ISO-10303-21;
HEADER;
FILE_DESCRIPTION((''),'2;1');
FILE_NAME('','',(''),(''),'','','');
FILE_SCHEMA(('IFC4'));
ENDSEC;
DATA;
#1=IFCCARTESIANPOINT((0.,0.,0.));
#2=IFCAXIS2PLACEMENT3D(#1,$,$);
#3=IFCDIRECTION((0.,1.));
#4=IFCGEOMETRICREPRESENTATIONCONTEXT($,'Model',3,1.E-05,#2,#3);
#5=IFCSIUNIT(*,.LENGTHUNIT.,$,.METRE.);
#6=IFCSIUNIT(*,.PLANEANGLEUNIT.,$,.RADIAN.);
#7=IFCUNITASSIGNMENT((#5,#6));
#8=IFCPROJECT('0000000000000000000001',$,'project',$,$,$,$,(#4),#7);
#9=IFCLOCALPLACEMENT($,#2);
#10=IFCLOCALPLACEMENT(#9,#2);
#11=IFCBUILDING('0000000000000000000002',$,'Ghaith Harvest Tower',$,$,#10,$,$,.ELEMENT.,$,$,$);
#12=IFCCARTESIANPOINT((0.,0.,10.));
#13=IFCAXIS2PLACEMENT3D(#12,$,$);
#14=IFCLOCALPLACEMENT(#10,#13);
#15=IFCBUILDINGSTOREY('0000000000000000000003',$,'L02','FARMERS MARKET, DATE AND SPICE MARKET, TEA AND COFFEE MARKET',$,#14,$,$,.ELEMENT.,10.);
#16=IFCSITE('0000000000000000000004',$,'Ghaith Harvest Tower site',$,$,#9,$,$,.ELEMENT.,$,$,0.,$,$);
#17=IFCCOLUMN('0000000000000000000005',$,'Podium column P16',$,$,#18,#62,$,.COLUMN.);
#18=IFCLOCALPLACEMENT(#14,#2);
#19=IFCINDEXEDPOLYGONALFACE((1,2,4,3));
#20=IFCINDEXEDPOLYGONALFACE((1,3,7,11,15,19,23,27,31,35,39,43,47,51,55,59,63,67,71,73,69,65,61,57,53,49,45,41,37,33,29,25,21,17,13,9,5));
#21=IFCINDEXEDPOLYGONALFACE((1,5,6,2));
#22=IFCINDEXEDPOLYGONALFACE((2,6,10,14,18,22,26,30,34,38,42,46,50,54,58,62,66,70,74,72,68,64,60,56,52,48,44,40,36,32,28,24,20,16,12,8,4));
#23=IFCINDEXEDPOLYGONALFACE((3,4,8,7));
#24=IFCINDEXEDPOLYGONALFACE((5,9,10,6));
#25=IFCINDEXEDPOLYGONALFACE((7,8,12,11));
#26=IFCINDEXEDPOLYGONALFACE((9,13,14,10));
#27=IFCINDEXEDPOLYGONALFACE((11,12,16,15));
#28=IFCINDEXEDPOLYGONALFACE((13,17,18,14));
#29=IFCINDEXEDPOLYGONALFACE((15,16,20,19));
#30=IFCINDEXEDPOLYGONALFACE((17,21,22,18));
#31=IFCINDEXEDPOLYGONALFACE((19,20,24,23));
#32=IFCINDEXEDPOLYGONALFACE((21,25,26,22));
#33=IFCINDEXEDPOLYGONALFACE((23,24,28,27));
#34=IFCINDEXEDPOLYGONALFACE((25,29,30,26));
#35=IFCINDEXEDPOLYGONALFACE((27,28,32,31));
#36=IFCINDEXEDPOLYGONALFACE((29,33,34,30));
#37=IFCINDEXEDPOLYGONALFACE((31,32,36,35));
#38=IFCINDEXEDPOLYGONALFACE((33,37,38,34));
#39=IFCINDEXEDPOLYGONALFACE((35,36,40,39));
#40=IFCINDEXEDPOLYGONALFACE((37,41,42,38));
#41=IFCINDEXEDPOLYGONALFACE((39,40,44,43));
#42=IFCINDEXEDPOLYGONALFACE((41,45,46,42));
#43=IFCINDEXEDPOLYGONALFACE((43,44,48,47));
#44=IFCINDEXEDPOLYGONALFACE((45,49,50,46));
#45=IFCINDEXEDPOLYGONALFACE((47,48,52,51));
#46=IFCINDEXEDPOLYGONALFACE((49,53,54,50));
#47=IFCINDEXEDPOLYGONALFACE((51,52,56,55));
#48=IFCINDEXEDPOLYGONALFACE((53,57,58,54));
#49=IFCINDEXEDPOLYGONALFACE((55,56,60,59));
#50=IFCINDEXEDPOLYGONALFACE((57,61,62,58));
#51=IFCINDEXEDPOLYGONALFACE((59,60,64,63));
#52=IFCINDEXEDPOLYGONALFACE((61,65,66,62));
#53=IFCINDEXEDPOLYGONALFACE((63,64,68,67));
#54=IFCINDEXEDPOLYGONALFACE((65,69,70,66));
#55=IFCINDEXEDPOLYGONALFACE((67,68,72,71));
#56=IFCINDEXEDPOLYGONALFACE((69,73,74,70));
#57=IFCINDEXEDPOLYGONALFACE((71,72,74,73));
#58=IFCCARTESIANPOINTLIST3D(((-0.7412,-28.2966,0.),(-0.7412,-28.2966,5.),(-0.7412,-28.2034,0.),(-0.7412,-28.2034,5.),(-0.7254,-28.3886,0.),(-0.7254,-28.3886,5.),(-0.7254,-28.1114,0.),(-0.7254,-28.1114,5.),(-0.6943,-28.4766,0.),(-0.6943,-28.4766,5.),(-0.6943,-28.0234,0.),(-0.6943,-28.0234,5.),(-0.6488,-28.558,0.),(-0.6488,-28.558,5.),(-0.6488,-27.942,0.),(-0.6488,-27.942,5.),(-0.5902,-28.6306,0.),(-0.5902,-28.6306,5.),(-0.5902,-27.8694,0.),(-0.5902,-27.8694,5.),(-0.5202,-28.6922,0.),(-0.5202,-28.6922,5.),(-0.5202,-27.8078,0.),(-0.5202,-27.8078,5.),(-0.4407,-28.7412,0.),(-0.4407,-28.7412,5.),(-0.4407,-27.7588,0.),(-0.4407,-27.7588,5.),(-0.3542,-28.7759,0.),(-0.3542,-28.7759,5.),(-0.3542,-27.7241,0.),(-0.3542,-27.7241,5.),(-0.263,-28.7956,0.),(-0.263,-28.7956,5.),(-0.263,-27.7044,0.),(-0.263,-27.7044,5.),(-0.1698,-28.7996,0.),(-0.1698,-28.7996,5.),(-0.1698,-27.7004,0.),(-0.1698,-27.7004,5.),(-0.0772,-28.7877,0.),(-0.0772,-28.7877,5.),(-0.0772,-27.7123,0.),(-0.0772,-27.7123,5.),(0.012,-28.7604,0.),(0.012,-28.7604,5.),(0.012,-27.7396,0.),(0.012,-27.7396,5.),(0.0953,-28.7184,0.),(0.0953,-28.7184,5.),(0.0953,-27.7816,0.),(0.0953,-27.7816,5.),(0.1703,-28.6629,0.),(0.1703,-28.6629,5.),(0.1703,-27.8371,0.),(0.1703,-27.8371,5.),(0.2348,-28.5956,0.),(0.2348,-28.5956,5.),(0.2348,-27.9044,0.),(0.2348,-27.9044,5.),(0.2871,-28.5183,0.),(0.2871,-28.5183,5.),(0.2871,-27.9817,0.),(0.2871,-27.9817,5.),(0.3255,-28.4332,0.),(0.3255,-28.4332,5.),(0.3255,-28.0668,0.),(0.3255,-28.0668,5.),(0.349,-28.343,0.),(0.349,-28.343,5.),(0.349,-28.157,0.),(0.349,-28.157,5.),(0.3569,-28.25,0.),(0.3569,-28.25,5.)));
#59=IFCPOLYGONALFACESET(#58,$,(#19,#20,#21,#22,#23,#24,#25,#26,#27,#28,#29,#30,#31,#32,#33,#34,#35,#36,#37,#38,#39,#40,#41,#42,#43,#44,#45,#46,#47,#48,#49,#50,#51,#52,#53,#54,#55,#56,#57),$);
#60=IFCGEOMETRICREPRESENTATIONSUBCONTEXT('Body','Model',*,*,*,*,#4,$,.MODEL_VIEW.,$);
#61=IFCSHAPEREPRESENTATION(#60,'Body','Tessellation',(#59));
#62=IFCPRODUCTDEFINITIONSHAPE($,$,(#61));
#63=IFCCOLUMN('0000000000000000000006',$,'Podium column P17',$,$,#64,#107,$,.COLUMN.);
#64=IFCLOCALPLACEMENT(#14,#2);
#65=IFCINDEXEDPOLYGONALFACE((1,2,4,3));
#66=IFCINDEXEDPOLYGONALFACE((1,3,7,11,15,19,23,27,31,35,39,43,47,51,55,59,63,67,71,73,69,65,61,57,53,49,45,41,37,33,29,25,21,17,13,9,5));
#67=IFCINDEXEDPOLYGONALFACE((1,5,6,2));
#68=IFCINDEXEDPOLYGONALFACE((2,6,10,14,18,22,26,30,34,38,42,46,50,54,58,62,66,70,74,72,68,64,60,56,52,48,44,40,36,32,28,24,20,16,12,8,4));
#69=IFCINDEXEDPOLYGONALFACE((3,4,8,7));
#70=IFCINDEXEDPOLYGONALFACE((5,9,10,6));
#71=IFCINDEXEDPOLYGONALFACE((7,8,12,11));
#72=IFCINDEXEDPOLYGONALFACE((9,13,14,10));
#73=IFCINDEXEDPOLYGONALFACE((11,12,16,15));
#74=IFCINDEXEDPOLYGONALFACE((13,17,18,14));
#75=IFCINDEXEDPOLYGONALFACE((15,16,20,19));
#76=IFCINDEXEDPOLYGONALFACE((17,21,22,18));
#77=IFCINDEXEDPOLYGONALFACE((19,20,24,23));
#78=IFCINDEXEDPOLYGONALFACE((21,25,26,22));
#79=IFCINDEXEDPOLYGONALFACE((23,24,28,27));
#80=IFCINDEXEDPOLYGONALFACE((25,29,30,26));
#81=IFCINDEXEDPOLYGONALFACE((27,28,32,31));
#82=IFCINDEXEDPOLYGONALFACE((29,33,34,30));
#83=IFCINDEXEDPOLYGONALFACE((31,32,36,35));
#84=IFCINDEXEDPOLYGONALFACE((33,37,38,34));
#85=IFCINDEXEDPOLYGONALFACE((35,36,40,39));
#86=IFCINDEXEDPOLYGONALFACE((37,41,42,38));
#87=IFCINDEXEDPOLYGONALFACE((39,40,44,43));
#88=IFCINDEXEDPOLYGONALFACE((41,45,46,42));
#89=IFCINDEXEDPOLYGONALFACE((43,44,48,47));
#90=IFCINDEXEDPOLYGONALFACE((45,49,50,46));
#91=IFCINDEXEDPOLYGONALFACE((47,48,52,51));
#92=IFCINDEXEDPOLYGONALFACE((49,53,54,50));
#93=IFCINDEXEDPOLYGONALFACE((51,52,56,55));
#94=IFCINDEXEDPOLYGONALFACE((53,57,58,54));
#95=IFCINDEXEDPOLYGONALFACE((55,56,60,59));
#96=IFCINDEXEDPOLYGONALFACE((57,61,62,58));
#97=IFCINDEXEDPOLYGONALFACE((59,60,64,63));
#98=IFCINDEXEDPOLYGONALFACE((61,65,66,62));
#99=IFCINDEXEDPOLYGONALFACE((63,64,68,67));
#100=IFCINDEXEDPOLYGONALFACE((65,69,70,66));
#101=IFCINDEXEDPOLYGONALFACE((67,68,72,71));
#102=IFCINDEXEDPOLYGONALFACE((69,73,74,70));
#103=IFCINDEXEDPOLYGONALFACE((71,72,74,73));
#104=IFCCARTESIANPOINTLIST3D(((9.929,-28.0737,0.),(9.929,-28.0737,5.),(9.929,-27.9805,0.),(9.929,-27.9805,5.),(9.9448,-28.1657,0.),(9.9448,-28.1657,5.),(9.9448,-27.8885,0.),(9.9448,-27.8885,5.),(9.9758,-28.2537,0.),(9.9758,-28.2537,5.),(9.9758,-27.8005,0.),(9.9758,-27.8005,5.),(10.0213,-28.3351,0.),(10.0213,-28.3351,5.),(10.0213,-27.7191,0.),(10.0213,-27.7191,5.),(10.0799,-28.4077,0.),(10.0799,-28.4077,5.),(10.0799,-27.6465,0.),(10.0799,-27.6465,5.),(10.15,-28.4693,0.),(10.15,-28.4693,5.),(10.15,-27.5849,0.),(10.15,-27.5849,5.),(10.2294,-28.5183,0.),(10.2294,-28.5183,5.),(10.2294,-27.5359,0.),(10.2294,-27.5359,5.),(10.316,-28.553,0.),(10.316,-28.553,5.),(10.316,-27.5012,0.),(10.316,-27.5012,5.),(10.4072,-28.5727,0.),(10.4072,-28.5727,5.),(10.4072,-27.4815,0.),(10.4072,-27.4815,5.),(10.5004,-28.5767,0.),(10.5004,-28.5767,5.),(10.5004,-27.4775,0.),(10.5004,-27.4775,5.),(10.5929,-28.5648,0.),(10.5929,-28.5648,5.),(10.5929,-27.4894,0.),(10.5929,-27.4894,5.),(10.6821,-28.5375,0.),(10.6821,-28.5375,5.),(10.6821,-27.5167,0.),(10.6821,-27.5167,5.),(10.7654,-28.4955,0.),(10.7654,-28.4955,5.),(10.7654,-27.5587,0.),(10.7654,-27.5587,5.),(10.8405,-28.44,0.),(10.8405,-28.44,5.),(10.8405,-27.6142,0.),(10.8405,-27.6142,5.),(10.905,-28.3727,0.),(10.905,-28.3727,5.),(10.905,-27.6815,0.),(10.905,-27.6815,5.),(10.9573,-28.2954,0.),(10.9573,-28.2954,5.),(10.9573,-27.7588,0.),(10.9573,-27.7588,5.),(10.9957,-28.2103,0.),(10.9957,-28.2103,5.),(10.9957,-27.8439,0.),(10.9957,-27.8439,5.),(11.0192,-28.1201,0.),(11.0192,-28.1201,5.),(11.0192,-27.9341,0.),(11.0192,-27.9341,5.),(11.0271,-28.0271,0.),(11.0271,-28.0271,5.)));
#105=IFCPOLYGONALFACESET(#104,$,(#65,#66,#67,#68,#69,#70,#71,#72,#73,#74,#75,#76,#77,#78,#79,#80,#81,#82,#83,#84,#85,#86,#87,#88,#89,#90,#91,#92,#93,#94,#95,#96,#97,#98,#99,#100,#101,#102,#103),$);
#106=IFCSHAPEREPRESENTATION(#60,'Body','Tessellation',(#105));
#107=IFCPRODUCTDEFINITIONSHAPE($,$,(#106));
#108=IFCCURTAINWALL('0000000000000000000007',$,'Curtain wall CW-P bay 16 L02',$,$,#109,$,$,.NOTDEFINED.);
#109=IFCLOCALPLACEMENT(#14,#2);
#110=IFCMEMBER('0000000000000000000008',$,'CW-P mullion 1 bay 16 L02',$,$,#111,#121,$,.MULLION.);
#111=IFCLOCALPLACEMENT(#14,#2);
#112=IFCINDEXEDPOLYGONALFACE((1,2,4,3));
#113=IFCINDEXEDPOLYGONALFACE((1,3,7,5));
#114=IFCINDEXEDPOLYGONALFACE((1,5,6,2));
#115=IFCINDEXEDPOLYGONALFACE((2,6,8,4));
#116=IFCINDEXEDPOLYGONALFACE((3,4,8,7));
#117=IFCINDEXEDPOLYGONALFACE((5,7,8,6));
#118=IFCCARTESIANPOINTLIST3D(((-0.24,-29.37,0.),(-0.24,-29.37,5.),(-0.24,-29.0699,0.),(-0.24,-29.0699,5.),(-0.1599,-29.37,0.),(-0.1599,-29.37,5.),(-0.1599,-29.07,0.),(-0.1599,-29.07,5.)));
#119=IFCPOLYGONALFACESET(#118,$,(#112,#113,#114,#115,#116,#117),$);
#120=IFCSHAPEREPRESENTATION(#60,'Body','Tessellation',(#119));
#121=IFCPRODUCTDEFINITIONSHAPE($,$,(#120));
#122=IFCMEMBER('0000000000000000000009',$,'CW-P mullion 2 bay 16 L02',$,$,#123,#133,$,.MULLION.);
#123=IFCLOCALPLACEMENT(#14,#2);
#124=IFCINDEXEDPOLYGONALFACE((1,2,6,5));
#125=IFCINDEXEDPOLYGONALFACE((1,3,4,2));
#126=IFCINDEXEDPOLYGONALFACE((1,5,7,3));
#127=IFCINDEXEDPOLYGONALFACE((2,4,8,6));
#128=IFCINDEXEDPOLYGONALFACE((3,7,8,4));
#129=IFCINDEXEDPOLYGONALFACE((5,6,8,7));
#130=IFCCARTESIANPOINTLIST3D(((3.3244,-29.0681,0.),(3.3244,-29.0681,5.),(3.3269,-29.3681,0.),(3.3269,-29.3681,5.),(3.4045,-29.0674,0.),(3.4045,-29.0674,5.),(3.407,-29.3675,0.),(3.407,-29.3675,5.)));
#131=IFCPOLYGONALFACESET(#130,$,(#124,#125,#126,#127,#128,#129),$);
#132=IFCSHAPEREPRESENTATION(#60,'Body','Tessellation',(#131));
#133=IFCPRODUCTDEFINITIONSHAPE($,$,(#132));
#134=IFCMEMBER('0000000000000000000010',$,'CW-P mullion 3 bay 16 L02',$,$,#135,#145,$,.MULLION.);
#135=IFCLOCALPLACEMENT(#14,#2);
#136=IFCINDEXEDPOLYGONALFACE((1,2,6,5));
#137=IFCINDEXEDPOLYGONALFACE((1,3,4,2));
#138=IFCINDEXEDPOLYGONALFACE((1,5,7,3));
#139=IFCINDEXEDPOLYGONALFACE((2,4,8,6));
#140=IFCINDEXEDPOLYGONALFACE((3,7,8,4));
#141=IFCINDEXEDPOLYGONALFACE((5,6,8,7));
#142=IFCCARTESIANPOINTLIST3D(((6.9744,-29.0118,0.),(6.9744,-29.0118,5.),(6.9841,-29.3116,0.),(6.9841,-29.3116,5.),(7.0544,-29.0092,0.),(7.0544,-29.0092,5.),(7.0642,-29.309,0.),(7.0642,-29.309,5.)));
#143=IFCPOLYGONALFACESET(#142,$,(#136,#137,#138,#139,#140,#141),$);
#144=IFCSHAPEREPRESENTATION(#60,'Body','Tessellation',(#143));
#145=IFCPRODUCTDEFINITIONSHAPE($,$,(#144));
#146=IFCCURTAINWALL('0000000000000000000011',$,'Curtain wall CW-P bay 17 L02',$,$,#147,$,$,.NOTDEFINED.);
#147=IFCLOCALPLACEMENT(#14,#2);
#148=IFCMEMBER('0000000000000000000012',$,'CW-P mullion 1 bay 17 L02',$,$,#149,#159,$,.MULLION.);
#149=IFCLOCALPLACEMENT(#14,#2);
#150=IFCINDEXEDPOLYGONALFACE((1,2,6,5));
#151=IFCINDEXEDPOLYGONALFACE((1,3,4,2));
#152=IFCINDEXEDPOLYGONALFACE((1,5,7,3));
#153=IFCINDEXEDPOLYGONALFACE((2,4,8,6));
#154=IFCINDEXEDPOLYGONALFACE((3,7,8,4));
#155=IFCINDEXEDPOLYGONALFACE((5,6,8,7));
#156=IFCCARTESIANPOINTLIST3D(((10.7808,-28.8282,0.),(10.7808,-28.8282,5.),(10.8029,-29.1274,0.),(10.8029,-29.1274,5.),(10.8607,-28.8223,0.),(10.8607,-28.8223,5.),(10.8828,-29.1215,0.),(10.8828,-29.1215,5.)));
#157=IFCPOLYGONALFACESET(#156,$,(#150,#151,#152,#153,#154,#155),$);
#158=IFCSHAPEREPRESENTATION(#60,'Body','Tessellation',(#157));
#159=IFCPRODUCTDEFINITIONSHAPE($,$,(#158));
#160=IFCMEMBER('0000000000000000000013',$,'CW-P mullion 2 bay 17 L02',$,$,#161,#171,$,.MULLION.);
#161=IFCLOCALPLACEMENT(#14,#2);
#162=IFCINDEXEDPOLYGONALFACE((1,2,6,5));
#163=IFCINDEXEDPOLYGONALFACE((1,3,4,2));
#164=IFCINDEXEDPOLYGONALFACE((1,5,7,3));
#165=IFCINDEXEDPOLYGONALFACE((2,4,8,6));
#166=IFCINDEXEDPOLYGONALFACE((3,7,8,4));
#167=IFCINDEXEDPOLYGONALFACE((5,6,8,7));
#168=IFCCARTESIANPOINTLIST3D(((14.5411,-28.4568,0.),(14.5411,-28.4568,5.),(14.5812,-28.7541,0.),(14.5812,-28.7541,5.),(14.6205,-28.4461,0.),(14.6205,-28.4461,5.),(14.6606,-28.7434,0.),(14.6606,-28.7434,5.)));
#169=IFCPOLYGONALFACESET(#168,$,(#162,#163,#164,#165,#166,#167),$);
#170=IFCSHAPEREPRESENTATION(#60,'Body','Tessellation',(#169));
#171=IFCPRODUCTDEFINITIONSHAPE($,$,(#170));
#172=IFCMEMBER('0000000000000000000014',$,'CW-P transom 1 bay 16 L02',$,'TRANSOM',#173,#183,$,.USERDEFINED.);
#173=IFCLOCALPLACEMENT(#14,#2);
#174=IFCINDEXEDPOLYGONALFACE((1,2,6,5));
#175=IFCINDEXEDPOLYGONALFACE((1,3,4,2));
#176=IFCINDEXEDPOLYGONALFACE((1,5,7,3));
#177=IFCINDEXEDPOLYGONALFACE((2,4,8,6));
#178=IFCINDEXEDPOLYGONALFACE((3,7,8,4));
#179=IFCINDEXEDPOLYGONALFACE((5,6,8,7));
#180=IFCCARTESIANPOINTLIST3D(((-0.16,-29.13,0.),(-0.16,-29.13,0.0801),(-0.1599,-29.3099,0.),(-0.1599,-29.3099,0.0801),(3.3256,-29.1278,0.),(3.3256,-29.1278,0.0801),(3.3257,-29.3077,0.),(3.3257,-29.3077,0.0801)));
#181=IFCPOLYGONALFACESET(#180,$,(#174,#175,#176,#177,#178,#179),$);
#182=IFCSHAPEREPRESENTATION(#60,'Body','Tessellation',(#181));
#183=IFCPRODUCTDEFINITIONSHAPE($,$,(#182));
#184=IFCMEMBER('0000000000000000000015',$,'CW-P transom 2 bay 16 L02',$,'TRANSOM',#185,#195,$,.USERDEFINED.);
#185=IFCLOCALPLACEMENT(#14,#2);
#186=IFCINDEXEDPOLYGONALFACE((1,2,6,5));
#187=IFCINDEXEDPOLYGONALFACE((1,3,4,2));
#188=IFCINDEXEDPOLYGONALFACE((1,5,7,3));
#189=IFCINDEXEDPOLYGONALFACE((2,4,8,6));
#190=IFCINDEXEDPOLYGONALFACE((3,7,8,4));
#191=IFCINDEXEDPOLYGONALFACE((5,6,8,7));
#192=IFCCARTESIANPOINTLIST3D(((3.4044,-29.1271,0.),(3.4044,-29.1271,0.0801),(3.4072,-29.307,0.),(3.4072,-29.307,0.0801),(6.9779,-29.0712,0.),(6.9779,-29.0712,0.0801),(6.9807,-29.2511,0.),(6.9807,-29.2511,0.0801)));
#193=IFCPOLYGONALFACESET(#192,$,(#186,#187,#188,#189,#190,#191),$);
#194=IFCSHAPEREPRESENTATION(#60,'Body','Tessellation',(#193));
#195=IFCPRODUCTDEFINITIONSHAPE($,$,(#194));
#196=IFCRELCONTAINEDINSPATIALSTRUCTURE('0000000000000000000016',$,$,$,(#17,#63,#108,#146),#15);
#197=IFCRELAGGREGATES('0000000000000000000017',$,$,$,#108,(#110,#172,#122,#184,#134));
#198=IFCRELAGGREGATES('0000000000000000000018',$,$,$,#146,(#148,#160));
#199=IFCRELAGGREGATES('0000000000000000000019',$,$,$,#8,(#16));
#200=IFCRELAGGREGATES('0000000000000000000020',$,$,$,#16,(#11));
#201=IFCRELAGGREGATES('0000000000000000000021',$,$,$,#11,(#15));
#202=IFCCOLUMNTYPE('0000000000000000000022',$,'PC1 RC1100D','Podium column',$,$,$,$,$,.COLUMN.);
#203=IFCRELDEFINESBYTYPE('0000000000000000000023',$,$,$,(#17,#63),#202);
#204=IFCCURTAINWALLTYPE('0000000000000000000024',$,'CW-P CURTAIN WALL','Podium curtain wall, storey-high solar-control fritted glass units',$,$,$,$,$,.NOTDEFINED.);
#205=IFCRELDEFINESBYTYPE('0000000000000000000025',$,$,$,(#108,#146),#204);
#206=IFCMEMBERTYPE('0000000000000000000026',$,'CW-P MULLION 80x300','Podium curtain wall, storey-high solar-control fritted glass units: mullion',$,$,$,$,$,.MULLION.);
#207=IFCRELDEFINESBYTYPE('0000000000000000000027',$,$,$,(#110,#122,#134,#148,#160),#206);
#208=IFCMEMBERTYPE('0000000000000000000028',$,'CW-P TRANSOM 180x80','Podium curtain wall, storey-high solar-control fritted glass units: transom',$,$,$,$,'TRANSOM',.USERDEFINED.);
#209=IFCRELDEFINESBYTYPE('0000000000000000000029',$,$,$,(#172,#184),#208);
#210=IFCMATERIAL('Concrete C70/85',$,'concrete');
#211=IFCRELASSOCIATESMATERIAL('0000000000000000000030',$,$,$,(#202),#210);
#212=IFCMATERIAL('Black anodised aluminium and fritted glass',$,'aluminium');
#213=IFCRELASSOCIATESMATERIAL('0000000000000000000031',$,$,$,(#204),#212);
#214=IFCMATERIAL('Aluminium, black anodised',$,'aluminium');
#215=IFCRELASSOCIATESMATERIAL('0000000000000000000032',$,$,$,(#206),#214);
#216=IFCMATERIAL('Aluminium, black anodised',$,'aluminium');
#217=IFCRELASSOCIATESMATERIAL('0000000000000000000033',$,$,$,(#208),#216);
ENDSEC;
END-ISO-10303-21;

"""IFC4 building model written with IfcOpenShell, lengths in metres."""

from ifc_helpers import new_model, si_unit, direction, frame, origin, origin_2d, place, context, subcontext, project, spatial, rectangle, circle, extrude, material, material_profile, profile_set, type_object, element, aggregate, save


model = new_model("IFC4")

# Units and contexts
model_context = context("Model", 3, precision=1e-05, world=origin(), true_north=direction((0.0, 1.0)))
body_context = subcontext(model_context, "Body", "Model", "MODEL_VIEW")
ifc_project = project(units=[si_unit("LENGTHUNIT", "METRE"), si_unit("PLANEANGLEUNIT", "RADIAN")], contexts=[model_context])

# Site, building, storey
site_placement = place(None, origin())
site = spatial("IfcSite", under=ifc_project, at=site_placement, Name="Ghaith Harvest Tower site", CompositionType="ELEMENT", RefElevation=0.0)
building_placement = place(site_placement, origin())
building = spatial("IfcBuilding", under=site, at=building_placement, Name="Ghaith Harvest Tower", CompositionType="ELEMENT")
storey_placement = place(building_placement, frame((0.0, 0.0, 10.0)))
storey = spatial("IfcBuildingStorey", under=building, at=storey_placement, Name="L02", Description="FARMERS MARKET, DATE AND SPICE MARKET, TEA AND COFFEE MARKET", CompositionType="ELEMENT", Elevation=10.0)

# Columns
ifc_material_1 = material(Name="Concrete C70/85", Category="concrete")
ifc_material_profile_1 = material_profile(ifc_material_1, circle(Radius=0.55, at=origin_2d()), Name="RC1100D")
ifc_profile_set_1 = profile_set([ifc_material_profile_1], Name="Concrete C70/85")
column_type = type_object("IfcColumnType", Name="PC1 RC1100D", Description="Podium column", PredefinedType="COLUMN", material=ifc_profile_set_1)
for number, where, z_axis, x_axis, name in (
    (1, (-0.1931, -28.25, 0.0), (0.0, 0.0, 1.0), (1.0, 0.0, 0.0), "Podium column P16"),
    (2, (10.4771, -28.0271, 0.0), (0.0, 0.0, 1.0), (1.0, 0.0, 0.0), "Podium column P17"),
):
    element("IfcColumn", number, at=place(storey_placement, frame(where, z_axis=z_axis, x_axis=x_axis)), inside=storey, type_object=column_type, Name=name, PredefinedType="COLUMN", context=body_context, shape_type="SweptSolid", body=[
        extrude(circle(Radius=0.55, at=origin_2d()), origin(), (0.0, 0.0, 1.0), 5.0),
    ])

# Curtain walls, members
ifc_material_2 = material(Name="Black anodised aluminium and fritted glass", Category="aluminium")
curtain_wall_type = type_object("IfcCurtainWallType", Name="CW-P CURTAIN WALL", Description="Podium curtain wall, storey-high solar-control fritted glass units", PredefinedType="NOTDEFINED", material=ifc_material_2)
curtain_wall_1_placement = place(storey_placement, origin())
curtain_wall_1 = element("IfcCurtainWall", 3, at=curtain_wall_1_placement, inside=storey, type_object=curtain_wall_type, Name="Curtain wall CW-P bay 16 L02", PredefinedType="NOTDEFINED")
ifc_material_3 = material(Name="Aluminium, black anodised", Category="aluminium")
ifc_material_profile_2 = material_profile(ifc_material_3, rectangle(XDim=0.0801, YDim=0.3, at=origin_2d()), Name="CW-P MULLION 80x300")
ifc_profile_set_2 = profile_set([ifc_material_profile_2], Name="Aluminium, black anodised")
member_type_1 = type_object("IfcMemberType", Name="CW-P MULLION 80x300", Description="Podium curtain wall, storey-high solar-control fritted glass units: mullion", PredefinedType="MULLION", material=ifc_profile_set_2)
member_1_placement = place(storey_placement, frame((-0.2, -29.22, 0.0), z_axis=(0.0, 0.0, 1.0), x_axis=(1.0, -0.000127, 0.0)))
member_1 = element("IfcMember", 4, at=member_1_placement, type_object=member_type_1, Name="CW-P mullion 1 bay 16 L02", PredefinedType="MULLION", context=body_context, shape_type="SweptSolid", body=[
    extrude(rectangle(XDim=0.0801, YDim=0.3, at=origin_2d()), origin(), (0.0, 0.0, 1.0), 5.0),
])
member_2_placement = place(storey_placement, frame((3.3657, -29.2178, 0.0), z_axis=(0.0, 0.0, 1.0), x_axis=(0.999966, 0.008259, 0.0)))
member_2 = element("IfcMember", 5, at=member_2_placement, type_object=member_type_1, Name="CW-P mullion 2 bay 16 L02", PredefinedType="MULLION", context=body_context, shape_type="SweptSolid", body=[
    extrude(rectangle(XDim=0.0801, YDim=0.3, at=origin_2d()), origin(), (0.0, 0.0, 1.0), 5.0),
])
member_3_placement = place(storey_placement, frame((7.0193, -29.1604, 0.0), z_axis=(0.0, 0.0, 1.0), x_axis=(0.999472, 0.032493, 0.0)))
member_3 = element("IfcMember", 6, at=member_3_placement, type_object=member_type_1, Name="CW-P mullion 3 bay 16 L02", PredefinedType="MULLION", context=body_context, shape_type="SweptSolid", body=[
    extrude(rectangle(XDim=0.0801, YDim=0.3, at=origin_2d()), origin(), (0.0, 0.0, 1.0), 5.0),
])
curtain_wall_2_placement = place(storey_placement, origin())
curtain_wall_2 = element("IfcCurtainWall", 7, at=curtain_wall_2_placement, inside=storey, type_object=curtain_wall_type, Name="Curtain wall CW-P bay 17 L02", PredefinedType="NOTDEFINED")
member_4_placement = place(storey_placement, frame((10.8318, -28.9749, 0.0), z_axis=(0.0, 0.0, 1.0), x_axis=(0.997281, 0.073698, 0.0)))
member_4 = element("IfcMember", 8, at=member_4_placement, type_object=member_type_1, Name="CW-P mullion 1 bay 17 L02", PredefinedType="MULLION", context=body_context, shape_type="SweptSolid", body=[
    extrude(rectangle(XDim=0.0801, YDim=0.3, at=origin_2d()), origin(), (0.0, 0.0, 1.0), 5.0),
])
member_5_placement = place(storey_placement, frame((14.6008, -28.6001, 0.0), z_axis=(0.0, 0.0, 1.0), x_axis=(0.991022, 0.133697, 0.0)))
member_5 = element("IfcMember", 9, at=member_5_placement, type_object=member_type_1, Name="CW-P mullion 2 bay 17 L02", PredefinedType="MULLION", context=body_context, shape_type="SweptSolid", body=[
    extrude(rectangle(XDim=0.0801, YDim=0.3, at=origin_2d()), origin(), (0.0, 0.0, 1.0), 5.0),
])

# Members
ifc_material_4 = material(Name="Aluminium, black anodised", Category="aluminium")
ifc_material_profile_3 = material_profile(ifc_material_4, rectangle(XDim=0.1799, YDim=0.0801, at=origin_2d()), Name="CW-P TRANSOM 180x80")
ifc_profile_set_3 = profile_set([ifc_material_profile_3], Name="Aluminium, black anodised")
member_type_2 = type_object("IfcMemberType", Name="CW-P TRANSOM 180x80", Description="Podium curtain wall, storey-high solar-control fritted glass units: transom", ElementType="TRANSOM", PredefinedType="USERDEFINED", material=ifc_profile_set_3)
member_6_placement = place(storey_placement, frame((-0.1599, -29.22, 0.04), z_axis=(1.0, 0.00063, 0.0), x_axis=(-0.00063, 1.0, 0.0)))
member_6 = element("IfcMember", 10, at=member_6_placement, type_object=member_type_2, Name="CW-P transom 1 bay 16 L02", ObjectType="TRANSOM", PredefinedType="USERDEFINED", context=body_context, shape_type="SweptSolid", body=[
    extrude(rectangle(XDim=0.1799, YDim=0.0801, at=origin_2d()), origin(), (0.0, 0.0, 1.0), 3.4856),
])
member_7_placement = place(storey_placement, frame((3.4058, -29.217, 0.04), z_axis=(0.999878, 0.015643, 0.0), x_axis=(-0.015643, 0.999878, 0.0)))
member_7 = element("IfcMember", 11, at=member_7_placement, type_object=member_type_2, Name="CW-P transom 2 bay 16 L02", ObjectType="TRANSOM", PredefinedType="USERDEFINED", context=body_context, shape_type="SweptSolid", body=[
    extrude(rectangle(XDim=0.1799, YDim=0.0801, at=origin_2d()), origin(), (0.0, 0.0, 1.0), 3.574),
])

aggregate(curtain_wall_1, [member_1, member_6, member_2, member_7, member_3])
aggregate(curtain_wall_2, [member_4, member_5])

save(model, "model.ifc")
